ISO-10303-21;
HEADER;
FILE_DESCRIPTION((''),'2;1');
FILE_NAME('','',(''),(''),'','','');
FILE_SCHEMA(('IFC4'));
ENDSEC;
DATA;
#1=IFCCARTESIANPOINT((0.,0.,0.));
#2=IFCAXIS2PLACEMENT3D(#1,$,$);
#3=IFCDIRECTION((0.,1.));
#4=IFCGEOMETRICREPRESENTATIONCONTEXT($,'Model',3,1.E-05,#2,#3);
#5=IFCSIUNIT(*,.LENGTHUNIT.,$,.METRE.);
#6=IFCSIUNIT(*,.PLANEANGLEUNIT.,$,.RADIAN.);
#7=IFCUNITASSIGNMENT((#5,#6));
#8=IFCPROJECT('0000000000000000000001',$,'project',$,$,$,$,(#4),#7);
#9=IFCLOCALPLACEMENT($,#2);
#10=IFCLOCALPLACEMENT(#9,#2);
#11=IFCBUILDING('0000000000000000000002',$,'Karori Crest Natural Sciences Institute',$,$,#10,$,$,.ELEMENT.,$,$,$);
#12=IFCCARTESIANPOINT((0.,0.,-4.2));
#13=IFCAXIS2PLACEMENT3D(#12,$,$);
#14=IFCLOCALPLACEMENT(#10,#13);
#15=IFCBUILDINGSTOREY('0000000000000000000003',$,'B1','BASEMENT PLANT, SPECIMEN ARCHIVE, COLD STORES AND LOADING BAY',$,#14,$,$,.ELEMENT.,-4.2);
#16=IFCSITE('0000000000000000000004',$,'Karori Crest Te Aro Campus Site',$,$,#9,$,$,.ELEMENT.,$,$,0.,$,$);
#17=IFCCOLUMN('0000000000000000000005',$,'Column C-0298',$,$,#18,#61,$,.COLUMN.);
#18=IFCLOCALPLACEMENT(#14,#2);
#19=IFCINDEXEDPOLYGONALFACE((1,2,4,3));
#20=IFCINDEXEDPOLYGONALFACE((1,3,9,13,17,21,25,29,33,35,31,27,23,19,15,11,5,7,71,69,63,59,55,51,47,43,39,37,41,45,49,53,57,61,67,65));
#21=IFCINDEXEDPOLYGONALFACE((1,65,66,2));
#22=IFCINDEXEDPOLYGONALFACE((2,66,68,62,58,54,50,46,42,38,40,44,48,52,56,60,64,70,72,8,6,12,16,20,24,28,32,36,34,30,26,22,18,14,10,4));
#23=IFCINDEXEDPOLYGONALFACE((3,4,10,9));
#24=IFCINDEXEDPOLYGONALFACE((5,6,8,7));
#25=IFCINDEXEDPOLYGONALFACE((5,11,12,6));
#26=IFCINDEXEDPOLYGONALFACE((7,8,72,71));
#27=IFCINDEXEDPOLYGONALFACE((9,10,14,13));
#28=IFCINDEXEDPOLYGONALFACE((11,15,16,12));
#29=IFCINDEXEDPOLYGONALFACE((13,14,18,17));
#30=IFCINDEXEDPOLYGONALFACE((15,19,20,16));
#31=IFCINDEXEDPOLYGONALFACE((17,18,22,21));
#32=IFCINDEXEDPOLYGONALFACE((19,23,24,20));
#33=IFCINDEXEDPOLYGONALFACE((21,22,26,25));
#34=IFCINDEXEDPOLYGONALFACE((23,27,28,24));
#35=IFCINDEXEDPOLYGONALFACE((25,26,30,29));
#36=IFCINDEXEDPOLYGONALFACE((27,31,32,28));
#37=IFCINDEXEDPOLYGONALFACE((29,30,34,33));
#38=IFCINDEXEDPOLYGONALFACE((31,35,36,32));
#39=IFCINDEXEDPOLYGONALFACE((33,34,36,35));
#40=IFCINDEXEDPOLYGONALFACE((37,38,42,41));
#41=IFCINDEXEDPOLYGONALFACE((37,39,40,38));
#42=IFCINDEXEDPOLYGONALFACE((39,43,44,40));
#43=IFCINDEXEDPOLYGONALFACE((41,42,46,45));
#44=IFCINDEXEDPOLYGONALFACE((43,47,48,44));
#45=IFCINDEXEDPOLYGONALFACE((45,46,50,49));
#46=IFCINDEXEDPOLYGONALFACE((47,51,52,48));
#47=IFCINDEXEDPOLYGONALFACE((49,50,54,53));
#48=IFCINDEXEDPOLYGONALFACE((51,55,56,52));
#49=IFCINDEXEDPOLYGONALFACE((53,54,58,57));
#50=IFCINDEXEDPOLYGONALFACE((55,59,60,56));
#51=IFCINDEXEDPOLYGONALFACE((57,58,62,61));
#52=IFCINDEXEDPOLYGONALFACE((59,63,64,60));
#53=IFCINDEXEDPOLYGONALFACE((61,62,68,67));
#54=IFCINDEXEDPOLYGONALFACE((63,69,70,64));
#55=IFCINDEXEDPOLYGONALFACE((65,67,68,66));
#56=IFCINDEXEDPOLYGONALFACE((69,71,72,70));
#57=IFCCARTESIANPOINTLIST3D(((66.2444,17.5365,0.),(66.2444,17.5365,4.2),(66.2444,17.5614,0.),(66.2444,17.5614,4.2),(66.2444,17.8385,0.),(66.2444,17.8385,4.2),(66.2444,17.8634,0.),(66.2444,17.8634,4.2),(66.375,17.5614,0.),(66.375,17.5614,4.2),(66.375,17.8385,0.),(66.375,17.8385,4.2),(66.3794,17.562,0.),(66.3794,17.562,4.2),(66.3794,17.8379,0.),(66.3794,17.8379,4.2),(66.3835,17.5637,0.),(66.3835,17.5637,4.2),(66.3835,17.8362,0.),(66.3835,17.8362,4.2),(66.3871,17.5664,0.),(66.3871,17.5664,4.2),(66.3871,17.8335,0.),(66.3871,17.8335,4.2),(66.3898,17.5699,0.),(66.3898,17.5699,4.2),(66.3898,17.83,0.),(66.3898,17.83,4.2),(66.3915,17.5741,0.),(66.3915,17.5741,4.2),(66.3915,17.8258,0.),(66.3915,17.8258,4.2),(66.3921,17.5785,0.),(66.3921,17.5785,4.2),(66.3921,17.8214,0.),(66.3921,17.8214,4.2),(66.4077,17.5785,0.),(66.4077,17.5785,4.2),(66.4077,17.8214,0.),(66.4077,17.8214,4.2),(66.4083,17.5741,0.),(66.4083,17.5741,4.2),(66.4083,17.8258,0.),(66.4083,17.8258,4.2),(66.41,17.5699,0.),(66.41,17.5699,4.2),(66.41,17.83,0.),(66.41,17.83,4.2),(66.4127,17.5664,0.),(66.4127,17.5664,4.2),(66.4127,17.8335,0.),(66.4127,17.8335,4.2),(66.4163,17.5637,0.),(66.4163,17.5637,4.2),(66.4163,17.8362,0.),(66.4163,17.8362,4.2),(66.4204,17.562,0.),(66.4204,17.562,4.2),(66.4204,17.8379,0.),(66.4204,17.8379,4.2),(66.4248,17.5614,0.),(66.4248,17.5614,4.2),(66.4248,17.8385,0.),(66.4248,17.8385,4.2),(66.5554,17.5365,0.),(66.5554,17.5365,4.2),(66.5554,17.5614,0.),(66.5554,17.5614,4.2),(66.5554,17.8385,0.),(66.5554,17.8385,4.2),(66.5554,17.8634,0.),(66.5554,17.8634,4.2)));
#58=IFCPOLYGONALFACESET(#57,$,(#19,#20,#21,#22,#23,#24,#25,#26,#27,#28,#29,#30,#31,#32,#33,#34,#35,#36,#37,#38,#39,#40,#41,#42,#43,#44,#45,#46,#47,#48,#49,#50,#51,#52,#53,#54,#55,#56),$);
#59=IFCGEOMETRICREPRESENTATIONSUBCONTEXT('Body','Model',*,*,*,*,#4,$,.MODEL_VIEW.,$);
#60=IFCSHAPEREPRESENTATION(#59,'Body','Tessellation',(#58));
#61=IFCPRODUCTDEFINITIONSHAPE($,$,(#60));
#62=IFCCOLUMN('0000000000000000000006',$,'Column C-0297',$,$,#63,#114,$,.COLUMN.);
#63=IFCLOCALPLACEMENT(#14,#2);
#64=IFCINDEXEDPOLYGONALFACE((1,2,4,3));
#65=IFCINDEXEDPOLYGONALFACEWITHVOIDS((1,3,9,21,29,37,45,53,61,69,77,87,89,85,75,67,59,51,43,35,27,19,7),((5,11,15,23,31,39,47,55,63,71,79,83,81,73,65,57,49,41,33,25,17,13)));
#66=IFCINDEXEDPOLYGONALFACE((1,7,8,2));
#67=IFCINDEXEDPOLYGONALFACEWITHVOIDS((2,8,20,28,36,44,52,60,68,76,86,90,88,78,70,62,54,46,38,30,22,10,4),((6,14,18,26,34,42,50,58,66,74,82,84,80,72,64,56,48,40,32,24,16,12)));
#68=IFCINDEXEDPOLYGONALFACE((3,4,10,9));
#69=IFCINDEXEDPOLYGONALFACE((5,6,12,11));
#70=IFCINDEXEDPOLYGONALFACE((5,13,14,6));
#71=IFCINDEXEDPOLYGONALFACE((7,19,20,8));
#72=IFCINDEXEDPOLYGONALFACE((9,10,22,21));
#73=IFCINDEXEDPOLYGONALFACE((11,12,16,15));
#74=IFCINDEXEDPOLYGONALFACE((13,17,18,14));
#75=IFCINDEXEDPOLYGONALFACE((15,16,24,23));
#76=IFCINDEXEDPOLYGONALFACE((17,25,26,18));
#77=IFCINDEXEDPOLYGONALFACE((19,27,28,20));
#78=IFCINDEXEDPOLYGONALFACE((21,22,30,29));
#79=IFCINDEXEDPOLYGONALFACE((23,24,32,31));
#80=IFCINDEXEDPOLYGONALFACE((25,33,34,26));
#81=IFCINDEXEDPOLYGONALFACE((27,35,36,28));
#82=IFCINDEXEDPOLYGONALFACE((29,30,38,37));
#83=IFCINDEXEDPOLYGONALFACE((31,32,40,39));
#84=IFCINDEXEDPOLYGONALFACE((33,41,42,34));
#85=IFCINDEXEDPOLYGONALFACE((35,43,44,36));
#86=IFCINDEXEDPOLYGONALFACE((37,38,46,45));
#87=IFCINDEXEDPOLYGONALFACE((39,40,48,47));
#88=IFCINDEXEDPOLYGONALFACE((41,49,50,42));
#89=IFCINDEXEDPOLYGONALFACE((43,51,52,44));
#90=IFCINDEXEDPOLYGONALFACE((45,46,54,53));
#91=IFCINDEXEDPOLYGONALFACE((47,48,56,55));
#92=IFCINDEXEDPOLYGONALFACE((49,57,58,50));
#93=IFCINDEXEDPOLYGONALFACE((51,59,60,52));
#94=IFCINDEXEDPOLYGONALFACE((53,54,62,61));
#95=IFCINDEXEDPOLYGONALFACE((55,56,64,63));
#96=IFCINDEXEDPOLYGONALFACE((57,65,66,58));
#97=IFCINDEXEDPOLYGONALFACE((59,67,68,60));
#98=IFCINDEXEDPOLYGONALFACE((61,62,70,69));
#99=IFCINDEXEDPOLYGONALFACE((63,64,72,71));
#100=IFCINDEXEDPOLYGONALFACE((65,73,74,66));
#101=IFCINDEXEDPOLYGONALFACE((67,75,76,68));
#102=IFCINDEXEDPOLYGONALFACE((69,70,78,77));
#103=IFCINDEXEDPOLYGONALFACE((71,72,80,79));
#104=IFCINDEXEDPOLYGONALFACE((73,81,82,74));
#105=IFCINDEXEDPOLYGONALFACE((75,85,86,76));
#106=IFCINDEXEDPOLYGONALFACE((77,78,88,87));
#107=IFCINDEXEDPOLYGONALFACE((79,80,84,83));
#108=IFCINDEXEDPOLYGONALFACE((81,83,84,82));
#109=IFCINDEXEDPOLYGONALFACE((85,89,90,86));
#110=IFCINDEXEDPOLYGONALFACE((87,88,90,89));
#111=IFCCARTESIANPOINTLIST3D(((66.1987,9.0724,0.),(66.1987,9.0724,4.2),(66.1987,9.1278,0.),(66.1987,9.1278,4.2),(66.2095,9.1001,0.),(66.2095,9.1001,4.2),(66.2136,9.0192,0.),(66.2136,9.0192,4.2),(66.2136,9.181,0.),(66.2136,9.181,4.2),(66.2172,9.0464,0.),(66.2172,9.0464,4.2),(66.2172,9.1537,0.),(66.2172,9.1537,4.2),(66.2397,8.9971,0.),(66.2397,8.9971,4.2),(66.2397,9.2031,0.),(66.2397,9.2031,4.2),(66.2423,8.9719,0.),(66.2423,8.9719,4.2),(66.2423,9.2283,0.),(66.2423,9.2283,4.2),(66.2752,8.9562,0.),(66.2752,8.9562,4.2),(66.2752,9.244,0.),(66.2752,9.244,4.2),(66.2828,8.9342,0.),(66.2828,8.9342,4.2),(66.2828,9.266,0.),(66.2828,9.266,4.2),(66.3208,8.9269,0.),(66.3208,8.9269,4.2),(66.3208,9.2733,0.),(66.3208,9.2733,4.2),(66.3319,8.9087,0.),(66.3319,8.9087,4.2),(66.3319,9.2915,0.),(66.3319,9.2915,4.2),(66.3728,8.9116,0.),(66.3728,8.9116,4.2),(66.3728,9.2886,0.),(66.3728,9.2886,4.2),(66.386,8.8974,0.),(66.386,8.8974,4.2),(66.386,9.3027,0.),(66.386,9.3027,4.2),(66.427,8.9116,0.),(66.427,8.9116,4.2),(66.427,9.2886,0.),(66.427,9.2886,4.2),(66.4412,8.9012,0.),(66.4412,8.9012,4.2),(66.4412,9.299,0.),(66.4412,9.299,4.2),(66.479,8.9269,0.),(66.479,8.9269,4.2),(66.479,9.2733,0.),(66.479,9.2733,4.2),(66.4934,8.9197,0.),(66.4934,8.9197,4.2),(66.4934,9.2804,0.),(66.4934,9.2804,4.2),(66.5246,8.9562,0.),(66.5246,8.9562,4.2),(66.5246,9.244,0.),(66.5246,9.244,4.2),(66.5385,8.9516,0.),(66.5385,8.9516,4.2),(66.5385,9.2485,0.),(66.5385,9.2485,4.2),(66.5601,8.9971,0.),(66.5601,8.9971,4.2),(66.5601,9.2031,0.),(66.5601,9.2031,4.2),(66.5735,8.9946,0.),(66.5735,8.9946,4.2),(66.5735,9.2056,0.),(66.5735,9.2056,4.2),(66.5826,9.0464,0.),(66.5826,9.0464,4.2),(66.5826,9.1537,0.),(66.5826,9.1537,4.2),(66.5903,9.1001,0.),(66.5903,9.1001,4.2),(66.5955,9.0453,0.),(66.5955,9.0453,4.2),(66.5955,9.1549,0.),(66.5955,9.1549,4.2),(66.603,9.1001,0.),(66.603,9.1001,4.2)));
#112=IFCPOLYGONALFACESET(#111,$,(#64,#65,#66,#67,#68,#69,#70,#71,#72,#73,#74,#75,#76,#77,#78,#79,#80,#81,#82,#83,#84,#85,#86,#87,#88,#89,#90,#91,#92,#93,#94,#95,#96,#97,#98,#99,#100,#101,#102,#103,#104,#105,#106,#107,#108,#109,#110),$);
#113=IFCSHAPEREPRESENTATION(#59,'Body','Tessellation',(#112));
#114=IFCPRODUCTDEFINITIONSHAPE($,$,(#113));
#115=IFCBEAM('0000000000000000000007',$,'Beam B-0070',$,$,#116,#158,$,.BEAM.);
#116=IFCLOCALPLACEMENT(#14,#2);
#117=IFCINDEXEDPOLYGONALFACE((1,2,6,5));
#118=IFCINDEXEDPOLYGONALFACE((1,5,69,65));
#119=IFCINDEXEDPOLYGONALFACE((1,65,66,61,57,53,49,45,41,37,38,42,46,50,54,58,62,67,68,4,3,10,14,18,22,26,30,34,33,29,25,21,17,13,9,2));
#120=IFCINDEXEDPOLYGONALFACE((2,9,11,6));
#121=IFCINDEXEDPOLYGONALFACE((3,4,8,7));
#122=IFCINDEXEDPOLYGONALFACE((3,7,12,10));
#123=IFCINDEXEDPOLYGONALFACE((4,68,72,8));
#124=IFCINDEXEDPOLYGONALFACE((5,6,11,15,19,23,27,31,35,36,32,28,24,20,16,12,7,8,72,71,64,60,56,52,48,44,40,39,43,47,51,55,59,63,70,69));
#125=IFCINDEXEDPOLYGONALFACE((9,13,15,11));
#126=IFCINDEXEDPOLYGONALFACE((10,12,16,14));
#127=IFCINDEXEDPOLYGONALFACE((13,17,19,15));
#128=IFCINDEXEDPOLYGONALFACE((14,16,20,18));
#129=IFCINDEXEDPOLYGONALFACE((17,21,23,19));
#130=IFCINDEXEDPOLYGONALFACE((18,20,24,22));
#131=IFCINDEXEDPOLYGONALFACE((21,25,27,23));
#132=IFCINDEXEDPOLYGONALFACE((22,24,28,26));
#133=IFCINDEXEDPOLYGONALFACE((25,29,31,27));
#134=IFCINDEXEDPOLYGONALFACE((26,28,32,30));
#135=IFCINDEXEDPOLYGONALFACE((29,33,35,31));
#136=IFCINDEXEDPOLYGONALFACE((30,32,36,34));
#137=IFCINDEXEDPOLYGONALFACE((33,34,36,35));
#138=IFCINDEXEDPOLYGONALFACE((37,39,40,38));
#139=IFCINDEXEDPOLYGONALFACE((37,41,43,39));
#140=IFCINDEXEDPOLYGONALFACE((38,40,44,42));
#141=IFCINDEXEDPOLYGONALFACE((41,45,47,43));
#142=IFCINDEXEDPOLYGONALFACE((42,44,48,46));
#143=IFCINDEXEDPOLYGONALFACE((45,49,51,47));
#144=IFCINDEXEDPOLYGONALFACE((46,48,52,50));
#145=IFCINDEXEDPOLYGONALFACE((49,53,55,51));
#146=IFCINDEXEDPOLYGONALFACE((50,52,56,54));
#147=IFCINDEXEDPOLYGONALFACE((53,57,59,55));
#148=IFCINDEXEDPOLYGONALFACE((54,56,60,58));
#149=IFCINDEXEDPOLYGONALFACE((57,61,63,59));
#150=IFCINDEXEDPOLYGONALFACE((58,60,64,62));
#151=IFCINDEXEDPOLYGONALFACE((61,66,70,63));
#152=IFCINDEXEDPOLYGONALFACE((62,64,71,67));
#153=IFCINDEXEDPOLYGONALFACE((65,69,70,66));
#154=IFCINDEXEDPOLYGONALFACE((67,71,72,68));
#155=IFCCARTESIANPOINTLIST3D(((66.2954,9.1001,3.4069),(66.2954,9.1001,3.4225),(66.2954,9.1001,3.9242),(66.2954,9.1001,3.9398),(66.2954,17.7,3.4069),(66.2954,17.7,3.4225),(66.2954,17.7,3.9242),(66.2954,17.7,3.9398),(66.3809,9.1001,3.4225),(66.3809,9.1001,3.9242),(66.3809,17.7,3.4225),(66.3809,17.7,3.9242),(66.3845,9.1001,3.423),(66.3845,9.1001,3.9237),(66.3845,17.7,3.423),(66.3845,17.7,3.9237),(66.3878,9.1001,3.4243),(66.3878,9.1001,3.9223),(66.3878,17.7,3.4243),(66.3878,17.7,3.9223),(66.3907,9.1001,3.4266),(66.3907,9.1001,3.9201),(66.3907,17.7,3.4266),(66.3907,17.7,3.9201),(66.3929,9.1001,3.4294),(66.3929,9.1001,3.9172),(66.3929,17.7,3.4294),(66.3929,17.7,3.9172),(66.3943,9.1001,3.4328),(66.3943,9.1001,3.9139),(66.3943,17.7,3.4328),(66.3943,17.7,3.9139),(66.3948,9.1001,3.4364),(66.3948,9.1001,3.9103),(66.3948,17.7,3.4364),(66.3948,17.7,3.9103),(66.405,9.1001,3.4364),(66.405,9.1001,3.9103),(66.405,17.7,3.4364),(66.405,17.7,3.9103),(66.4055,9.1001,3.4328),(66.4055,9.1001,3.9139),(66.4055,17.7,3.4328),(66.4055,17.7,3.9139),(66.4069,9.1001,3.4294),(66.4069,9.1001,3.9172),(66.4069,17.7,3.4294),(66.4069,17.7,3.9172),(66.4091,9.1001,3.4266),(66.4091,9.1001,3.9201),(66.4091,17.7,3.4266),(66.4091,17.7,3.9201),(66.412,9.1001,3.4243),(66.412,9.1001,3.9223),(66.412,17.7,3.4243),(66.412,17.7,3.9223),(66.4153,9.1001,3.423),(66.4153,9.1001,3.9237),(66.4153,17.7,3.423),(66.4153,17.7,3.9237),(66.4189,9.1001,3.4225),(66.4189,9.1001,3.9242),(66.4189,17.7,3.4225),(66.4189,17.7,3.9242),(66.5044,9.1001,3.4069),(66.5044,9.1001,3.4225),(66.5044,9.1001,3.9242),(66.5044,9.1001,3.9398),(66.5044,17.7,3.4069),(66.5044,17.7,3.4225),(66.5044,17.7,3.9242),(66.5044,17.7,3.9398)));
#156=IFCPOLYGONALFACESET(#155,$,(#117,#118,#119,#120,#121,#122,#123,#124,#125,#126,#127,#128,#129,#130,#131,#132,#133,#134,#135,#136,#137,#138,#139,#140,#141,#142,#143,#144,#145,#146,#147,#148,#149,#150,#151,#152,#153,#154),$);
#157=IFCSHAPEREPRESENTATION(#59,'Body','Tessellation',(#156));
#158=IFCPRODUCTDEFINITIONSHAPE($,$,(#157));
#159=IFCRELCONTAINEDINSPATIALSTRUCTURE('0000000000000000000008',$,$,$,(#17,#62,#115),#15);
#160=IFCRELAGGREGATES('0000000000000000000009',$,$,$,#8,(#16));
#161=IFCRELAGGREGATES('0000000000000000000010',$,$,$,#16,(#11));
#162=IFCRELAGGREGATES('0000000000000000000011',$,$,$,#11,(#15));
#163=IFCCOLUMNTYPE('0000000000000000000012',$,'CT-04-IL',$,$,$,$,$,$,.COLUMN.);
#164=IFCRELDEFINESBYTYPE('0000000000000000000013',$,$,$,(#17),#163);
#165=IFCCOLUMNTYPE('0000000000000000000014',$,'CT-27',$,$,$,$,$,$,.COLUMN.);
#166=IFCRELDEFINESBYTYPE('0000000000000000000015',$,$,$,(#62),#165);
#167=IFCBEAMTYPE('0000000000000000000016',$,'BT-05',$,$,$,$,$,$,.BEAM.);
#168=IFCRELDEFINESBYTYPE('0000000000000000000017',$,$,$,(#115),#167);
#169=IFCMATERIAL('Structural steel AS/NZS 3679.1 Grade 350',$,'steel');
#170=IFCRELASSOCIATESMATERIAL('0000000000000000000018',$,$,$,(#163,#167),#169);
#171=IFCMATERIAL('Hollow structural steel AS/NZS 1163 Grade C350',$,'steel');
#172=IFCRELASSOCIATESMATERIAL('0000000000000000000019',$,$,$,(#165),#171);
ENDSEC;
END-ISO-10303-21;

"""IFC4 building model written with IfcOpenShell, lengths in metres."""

from ifc_helpers import new_model, si_unit, direction, frame, origin, origin_2d, place, context, subcontext, project, spatial, hollow_circle, i_section, extrude, material, material_profile, profile_set, type_object, element, save


model = new_model("IFC4")

# Units and contexts
model_context = context("Model", 3, precision=1e-05, world=origin(), true_north=direction((0.0, 1.0)))
body_context = subcontext(model_context, "Body", "Model", "MODEL_VIEW")
ifc_project = project(units=[si_unit("LENGTHUNIT", "METRE"), si_unit("PLANEANGLEUNIT", "RADIAN")], contexts=[model_context])

# Site, building, storey
site_placement = place(None, origin())
site = spatial("IfcSite", under=ifc_project, at=site_placement, Name="Karori Crest Te Aro Campus Site", CompositionType="ELEMENT", RefElevation=0.0)
building_placement = place(site_placement, origin())
building = spatial("IfcBuilding", under=site, at=building_placement, Name="Karori Crest Natural Sciences Institute", CompositionType="ELEMENT")
storey_placement = place(building_placement, frame((0.0, 0.0, -4.2)))
storey = spatial("IfcBuildingStorey", under=building, at=storey_placement, Name="B1", Description="BASEMENT PLANT, SPECIMEN ARCHIVE, COLD STORES AND LOADING BAY", CompositionType="ELEMENT", Elevation=-4.2)

# Columns
ifc_material_1 = material(Name="Structural steel AS/NZS 3679.1 Grade 350", Category="steel")
ifc_material_profile_1 = material_profile(ifc_material_1, i_section(OverallWidth=0.311, OverallDepth=0.3269, WebThickness=0.0156, FlangeThickness=0.0249, FilletRadius=0.0171, at=origin_2d()), Name="310UC158")
ifc_profile_set_1 = profile_set([ifc_material_profile_1], Name="Structural steel AS/NZS 3679.1 Grade 350")
column_type_1 = type_object("IfcColumnType", Name="CT-04-IL", PredefinedType="COLUMN", material=ifc_profile_set_1)
column_1_placement = place(storey_placement, frame((66.3999, 17.7, 0.0), z_axis=(0.0, 0.0, 1.0), x_axis=(1.0, 0.0, 0.0)))
element("IfcColumn", 1, at=column_1_placement, inside=storey, type_object=column_type_1, Name="Column C-0298", PredefinedType="COLUMN", context=body_context, shape_type="SweptSolid", body=[
    extrude(i_section(OverallWidth=0.311, OverallDepth=0.3269, WebThickness=0.0156, FlangeThickness=0.0249, FilletRadius=0.0171, at=origin_2d()), origin(), (0.0, 0.0, 1.0), 4.2),
])
ifc_material_2 = material(Name="Hollow structural steel AS/NZS 1163 Grade C350", Category="steel")
ifc_material_profile_2 = material_profile(ifc_material_2, hollow_circle(Radius=0.2031, WallThickness=0.0127, at=origin_2d()), Name="CHS406.4x12.7")
ifc_profile_set_2 = profile_set([ifc_material_profile_2], Name="Hollow structural steel AS/NZS 1163 Grade C350")
column_type_2 = type_object("IfcColumnType", Name="CT-27", PredefinedType="COLUMN", material=ifc_profile_set_2)
column_2_placement = place(storey_placement, frame((66.3999, 9.1001, 0.0), z_axis=(0.0, 0.0, 1.0), x_axis=(1.0, 0.0, 0.0)))
element("IfcColumn", 2, at=column_2_placement, inside=storey, type_object=column_type_2, Name="Column C-0297", PredefinedType="COLUMN", context=body_context, shape_type="SweptSolid", body=[
    extrude(hollow_circle(Radius=0.2031, WallThickness=0.0127, at=origin_2d()), origin(), (0.0, 0.0, 1.0), 4.2),
])

# Beam
ifc_material_profile_3 = material_profile(ifc_material_1, i_section(OverallWidth=0.209, OverallDepth=0.533, WebThickness=0.0103, FlangeThickness=0.0156, FilletRadius=0.0139, at=origin_2d()), Name="530UB92.4")
ifc_profile_set_3 = profile_set([ifc_material_profile_3], Name="Structural steel AS/NZS 3679.1 Grade 350")
beam_type_1 = type_object("IfcBeamType", Name="BT-05", PredefinedType="BEAM", material=ifc_profile_set_3)
beam_1_placement = place(storey_placement, frame((66.3999, 17.7, 3.6733), z_axis=(0.0, -1.0, 0.0), x_axis=(1.0, 0.0, 0.0)))
element("IfcBeam", 3, at=beam_1_placement, inside=storey, type_object=beam_type_1, Name="Beam B-0070", PredefinedType="BEAM", context=body_context, shape_type="SweptSolid", body=[
    extrude(i_section(OverallWidth=0.209, OverallDepth=0.533, WebThickness=0.0103, FlangeThickness=0.0156, FilletRadius=0.0139, at=origin_2d()), origin(), (0.0, 0.0, 1.0), 8.5999),
])

save(model, "model.ifc")
